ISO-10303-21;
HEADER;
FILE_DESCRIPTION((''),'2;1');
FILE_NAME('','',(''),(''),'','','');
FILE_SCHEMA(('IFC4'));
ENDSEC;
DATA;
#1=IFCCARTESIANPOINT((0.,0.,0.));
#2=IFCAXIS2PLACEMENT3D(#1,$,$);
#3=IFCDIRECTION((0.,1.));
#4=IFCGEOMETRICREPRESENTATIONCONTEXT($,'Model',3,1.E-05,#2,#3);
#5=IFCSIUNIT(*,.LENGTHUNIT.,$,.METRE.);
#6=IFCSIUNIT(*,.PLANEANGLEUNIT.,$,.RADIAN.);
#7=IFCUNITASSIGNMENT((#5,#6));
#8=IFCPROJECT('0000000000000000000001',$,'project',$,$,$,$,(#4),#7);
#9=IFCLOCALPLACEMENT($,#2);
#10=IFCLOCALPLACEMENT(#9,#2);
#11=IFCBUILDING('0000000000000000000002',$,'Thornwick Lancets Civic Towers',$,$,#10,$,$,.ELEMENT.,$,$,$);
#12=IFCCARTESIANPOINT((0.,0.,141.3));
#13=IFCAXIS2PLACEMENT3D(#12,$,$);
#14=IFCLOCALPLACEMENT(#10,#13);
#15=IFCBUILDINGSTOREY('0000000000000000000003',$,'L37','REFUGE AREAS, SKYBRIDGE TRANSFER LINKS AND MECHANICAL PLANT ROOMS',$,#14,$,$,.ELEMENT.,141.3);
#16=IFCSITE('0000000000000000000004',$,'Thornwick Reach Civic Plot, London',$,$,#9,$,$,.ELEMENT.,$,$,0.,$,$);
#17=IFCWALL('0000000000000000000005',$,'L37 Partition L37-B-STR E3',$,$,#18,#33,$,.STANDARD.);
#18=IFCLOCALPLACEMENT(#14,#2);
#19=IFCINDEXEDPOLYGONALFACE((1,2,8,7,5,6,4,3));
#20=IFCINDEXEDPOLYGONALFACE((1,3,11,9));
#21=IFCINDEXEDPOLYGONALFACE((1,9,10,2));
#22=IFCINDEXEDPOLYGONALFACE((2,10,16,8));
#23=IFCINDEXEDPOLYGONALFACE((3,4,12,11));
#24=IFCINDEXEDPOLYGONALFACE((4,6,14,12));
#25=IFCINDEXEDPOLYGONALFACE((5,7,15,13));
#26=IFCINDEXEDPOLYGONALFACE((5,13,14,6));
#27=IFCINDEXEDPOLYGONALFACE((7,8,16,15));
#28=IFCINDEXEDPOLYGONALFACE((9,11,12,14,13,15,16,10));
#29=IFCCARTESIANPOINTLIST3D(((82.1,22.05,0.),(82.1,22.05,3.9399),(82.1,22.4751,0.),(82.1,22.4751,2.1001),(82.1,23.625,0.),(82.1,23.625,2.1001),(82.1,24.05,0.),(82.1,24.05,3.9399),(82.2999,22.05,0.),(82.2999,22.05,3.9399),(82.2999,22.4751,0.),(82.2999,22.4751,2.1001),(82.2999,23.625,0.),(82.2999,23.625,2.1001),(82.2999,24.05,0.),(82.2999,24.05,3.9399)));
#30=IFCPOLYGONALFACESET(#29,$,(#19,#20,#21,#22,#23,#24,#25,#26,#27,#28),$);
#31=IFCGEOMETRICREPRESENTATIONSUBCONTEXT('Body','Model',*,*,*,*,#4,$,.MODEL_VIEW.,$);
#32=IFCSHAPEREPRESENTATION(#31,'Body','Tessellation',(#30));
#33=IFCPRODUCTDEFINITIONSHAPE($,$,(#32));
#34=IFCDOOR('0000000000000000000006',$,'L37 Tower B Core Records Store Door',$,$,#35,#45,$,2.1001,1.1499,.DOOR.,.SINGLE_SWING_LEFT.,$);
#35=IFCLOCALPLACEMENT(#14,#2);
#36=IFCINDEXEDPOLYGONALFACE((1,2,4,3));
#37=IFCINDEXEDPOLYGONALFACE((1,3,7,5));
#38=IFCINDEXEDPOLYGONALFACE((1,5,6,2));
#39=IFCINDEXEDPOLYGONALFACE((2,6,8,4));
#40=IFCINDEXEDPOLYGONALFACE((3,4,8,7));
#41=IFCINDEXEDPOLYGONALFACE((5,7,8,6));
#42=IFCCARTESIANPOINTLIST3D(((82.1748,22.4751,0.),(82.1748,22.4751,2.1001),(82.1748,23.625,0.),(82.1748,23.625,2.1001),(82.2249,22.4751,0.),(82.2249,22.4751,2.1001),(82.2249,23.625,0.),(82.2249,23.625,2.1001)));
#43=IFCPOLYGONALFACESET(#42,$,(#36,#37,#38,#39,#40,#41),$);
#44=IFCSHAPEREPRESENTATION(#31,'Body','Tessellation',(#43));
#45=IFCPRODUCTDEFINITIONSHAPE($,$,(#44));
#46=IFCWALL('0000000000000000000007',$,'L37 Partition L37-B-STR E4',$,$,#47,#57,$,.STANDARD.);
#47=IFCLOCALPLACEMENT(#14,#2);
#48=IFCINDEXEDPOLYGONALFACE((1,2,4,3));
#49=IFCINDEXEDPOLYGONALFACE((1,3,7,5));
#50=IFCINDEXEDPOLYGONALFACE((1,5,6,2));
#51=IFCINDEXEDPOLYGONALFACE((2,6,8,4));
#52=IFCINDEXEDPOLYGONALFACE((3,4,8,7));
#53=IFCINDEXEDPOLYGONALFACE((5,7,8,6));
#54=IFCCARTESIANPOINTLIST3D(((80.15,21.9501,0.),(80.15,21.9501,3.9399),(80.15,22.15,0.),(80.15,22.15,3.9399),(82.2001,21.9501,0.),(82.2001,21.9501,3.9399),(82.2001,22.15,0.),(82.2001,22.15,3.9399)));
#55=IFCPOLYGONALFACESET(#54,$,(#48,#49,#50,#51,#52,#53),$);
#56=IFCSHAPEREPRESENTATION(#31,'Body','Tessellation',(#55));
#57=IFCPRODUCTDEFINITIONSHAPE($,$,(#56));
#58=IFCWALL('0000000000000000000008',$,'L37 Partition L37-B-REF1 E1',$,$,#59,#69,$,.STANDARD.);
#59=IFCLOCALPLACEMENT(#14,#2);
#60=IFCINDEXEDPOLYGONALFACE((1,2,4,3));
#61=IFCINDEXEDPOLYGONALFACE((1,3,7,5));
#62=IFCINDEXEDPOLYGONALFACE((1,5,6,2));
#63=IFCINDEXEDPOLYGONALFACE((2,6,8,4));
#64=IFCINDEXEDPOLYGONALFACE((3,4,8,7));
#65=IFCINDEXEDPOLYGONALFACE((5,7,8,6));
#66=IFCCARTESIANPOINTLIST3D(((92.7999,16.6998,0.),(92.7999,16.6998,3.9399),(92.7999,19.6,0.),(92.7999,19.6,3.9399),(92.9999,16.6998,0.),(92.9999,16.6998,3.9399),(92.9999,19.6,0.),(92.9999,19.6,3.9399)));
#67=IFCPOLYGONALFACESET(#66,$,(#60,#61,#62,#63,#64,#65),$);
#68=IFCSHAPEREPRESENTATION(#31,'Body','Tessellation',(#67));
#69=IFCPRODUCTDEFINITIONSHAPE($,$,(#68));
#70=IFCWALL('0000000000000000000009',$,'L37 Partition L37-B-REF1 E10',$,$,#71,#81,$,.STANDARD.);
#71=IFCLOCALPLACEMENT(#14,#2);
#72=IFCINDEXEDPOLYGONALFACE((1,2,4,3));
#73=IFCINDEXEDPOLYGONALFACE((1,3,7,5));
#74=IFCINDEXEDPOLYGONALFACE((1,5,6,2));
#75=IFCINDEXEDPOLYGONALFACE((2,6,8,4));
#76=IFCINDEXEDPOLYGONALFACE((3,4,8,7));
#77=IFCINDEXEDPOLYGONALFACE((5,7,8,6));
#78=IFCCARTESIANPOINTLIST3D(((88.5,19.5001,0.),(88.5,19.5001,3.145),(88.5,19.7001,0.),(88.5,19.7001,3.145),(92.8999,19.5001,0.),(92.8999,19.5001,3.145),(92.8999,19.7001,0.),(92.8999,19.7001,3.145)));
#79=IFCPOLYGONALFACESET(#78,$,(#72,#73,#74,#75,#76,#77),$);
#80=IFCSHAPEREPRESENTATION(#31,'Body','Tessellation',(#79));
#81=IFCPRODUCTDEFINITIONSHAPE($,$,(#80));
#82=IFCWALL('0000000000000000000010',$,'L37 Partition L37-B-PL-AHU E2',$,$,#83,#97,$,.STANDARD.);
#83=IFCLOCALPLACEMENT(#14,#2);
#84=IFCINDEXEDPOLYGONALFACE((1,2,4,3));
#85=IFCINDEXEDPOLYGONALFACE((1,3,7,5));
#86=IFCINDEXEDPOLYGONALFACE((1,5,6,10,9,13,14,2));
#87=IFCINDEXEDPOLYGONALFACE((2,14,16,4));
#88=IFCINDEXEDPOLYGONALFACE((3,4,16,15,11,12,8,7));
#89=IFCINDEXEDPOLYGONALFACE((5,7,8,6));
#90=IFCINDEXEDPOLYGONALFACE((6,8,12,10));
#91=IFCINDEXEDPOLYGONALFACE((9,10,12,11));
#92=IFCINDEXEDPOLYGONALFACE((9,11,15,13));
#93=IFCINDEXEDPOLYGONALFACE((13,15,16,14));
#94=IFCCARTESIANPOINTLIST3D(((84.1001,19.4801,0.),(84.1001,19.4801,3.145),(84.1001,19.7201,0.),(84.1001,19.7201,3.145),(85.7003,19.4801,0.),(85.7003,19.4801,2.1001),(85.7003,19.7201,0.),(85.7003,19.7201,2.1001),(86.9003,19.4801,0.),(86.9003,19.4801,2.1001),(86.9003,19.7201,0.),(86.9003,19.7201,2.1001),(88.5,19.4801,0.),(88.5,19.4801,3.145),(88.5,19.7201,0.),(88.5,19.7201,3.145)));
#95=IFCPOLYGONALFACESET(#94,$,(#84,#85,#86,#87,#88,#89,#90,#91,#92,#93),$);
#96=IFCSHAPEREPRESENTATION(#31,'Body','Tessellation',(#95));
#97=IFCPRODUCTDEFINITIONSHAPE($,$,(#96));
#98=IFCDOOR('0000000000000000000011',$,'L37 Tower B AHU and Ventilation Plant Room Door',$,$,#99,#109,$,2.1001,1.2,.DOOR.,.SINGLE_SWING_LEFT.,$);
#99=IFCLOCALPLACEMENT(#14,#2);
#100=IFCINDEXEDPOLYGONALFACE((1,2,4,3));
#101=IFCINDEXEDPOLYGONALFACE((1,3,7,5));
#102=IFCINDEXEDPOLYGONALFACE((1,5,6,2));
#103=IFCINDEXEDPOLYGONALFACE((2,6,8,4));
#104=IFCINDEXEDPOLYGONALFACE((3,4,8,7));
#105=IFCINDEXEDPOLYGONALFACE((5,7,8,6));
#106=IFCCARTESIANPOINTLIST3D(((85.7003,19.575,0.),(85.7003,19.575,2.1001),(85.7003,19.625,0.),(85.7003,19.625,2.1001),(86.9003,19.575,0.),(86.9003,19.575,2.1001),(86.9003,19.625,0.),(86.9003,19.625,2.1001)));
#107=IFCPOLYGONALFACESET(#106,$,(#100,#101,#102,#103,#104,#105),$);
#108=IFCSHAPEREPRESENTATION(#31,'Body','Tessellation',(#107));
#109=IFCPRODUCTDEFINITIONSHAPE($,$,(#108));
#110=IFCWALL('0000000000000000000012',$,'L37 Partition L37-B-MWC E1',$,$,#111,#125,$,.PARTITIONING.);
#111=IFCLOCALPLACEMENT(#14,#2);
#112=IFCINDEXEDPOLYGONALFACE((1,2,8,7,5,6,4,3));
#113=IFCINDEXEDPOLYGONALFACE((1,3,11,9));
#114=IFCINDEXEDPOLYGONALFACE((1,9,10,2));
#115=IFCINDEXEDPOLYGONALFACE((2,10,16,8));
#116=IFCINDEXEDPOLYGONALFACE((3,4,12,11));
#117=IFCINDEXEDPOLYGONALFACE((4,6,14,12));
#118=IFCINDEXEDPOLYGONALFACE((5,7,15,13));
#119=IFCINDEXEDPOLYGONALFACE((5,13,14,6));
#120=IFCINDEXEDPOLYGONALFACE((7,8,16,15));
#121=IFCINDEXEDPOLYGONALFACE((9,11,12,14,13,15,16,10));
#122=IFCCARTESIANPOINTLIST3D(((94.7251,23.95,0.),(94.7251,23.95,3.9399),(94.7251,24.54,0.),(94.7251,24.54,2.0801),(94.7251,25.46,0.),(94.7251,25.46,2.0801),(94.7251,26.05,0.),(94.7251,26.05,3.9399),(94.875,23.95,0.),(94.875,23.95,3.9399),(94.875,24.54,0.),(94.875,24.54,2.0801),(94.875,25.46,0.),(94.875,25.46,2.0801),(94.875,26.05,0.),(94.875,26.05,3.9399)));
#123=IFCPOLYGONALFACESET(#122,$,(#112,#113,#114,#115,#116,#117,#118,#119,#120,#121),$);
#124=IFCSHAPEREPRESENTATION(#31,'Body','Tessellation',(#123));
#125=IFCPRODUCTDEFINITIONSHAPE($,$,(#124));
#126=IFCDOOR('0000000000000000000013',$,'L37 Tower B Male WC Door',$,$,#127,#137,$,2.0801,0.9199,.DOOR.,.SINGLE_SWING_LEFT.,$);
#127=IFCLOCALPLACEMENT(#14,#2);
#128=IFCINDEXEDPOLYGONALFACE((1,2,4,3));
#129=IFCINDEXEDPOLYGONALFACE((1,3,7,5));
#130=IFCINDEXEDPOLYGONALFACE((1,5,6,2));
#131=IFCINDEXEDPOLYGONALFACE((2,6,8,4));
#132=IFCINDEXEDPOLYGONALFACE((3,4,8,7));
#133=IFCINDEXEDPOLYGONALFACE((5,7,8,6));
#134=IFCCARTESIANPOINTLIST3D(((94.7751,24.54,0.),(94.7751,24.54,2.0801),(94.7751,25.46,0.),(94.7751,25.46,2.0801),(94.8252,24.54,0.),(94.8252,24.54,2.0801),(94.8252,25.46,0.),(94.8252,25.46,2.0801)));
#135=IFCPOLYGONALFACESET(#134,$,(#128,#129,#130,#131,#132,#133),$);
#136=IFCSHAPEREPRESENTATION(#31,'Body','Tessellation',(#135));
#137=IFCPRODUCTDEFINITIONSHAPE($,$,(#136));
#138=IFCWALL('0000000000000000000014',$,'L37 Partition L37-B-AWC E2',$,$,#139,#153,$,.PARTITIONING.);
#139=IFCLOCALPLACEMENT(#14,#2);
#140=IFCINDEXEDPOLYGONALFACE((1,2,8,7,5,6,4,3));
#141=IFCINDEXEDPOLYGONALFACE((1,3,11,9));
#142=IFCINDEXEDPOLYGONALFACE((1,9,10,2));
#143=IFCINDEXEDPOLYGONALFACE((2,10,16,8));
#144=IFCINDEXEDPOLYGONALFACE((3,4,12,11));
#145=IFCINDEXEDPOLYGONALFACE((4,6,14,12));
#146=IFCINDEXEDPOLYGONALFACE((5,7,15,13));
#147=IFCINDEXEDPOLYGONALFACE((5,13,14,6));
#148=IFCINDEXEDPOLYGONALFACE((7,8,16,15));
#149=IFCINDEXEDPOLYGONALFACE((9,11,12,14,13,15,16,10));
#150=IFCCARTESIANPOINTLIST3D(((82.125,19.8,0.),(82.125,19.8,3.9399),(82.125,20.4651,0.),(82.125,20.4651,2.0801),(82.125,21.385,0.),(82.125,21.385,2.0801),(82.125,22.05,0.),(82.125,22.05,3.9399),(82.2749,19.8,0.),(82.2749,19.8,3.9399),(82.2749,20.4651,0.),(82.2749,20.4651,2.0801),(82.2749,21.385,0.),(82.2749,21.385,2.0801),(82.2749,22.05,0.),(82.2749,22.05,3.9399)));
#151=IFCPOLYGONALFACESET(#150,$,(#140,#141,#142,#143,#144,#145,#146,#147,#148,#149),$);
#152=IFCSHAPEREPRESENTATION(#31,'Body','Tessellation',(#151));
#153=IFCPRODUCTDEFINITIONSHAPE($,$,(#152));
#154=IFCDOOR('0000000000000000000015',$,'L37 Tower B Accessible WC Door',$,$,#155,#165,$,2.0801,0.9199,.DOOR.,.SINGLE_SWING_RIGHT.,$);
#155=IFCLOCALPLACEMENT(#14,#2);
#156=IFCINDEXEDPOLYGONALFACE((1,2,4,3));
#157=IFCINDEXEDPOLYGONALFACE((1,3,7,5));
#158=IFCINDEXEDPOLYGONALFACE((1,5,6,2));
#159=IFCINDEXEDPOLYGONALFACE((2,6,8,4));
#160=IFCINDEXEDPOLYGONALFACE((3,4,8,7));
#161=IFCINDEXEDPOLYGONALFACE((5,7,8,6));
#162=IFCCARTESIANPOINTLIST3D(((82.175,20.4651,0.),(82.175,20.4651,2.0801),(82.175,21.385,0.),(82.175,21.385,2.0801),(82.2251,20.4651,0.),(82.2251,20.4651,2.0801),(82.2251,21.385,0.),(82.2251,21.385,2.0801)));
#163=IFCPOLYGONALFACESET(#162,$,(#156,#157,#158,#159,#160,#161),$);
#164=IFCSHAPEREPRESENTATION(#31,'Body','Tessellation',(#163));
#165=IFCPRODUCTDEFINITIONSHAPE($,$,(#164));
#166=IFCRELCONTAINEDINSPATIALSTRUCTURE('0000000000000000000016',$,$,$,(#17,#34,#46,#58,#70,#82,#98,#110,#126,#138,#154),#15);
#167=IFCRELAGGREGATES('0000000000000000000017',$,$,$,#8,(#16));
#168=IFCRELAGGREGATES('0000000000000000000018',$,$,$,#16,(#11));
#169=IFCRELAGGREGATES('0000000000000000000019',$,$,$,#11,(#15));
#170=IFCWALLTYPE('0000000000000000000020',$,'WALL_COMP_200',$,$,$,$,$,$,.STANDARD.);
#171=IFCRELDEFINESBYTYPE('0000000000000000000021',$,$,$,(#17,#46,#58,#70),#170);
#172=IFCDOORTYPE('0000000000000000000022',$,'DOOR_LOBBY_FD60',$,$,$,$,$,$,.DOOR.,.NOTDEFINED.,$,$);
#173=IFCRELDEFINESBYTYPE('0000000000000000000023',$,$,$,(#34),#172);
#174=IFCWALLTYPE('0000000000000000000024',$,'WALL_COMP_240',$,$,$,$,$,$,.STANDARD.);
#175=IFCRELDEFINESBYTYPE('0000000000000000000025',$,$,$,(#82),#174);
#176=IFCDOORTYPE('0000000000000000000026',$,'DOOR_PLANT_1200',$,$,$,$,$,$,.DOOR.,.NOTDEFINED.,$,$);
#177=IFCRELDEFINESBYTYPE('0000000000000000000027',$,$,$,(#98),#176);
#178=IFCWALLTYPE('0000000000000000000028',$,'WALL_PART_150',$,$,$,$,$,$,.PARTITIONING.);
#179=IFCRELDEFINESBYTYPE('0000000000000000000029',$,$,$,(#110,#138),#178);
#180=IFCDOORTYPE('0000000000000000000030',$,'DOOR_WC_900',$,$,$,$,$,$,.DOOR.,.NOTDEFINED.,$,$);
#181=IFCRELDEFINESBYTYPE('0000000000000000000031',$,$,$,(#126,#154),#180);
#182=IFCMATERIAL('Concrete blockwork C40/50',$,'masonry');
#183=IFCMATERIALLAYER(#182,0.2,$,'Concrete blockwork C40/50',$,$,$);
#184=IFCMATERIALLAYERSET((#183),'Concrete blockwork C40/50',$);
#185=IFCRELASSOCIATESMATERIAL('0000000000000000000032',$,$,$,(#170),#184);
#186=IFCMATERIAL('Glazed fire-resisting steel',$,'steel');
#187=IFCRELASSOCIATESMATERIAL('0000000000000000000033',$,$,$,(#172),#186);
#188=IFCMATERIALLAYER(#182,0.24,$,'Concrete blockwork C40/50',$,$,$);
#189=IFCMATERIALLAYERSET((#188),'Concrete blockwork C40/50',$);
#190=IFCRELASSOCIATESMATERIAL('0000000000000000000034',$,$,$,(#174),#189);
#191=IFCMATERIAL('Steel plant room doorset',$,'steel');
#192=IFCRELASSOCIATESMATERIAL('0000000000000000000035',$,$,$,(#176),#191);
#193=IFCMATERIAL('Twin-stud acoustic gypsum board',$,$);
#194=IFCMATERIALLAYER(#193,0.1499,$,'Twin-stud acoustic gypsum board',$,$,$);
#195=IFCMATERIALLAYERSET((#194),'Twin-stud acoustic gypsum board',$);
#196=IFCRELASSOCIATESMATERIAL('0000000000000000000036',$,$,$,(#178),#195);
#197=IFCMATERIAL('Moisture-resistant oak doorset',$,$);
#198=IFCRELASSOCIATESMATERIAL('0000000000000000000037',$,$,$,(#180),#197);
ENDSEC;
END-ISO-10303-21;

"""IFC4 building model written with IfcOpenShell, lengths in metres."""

from ifc_helpers import new_model, si_unit, direction, frame, frame_2d, origin, place, context, subcontext, project, spatial, rectangle, extrude, material, layer, layer_set, type_object, element, fill, save


model = new_model("IFC4")

# Units and contexts
model_context = context("Model", 3, precision=1e-05, world=origin(), true_north=direction((0.0, 1.0)))
body_context = subcontext(model_context, "Body", "Model", "MODEL_VIEW")
ifc_project = project(units=[si_unit("LENGTHUNIT", "METRE"), si_unit("PLANEANGLEUNIT", "RADIAN")], contexts=[model_context])

# Site, building, storey
site_placement = place(None, origin())
site = spatial("IfcSite", under=ifc_project, at=site_placement, Name="Thornwick Reach Civic Plot, London", CompositionType="ELEMENT", RefElevation=0.0)
building_placement = place(site_placement, origin())
building = spatial("IfcBuilding", under=site, at=building_placement, Name="Thornwick Lancets Civic Towers", CompositionType="ELEMENT")
storey_placement = place(building_placement, frame((0.0, 0.0, 141.3)))
storey = spatial("IfcBuildingStorey", under=building, at=storey_placement, Name="L37", Description="REFUGE AREAS, SKYBRIDGE TRANSFER LINKS AND MECHANICAL PLANT ROOMS", CompositionType="ELEMENT", Elevation=141.3)

# Shared definitions
ifc_material_1 = material(Name="Concrete blockwork C40/50", Category="masonry")
ifc_layer_1 = layer(ifc_material_1, 0.2, Name="Concrete blockwork C40/50")
ifc_layer_set_1 = layer_set([ifc_layer_1], Name="Concrete blockwork C40/50")
wall_type_1 = type_object("IfcWallType", Name="WALL_COMP_200", PredefinedType="STANDARD", material=ifc_layer_set_1)
ifc_material_2 = material(Name="Glazed fire-resisting steel", Category="steel")
door_type_1 = type_object("IfcDoorType", Name="DOOR_LOBBY_FD60", OperationType="NOTDEFINED", PredefinedType="DOOR", material=ifc_material_2)

# Wall, opening, door
wall_1_placement = place(storey_placement, frame((82.2, 24.05, 0.0), z_axis=(0.0, 0.0, 1.0), x_axis=(0.0, -1.0, 0.0)))
wall_1 = element("IfcWall", 1, at=wall_1_placement, inside=storey, type_object=wall_type_1, Name="L37 Partition L37-B-STR E3", PredefinedType="STANDARD", context=body_context, shape_type="SweptSolid", body=[
    extrude(rectangle(XDim=2.0, YDim=0.2, at=frame_2d((1.0, 0.0))), origin(), (0.0, 0.0, 1.0), 3.9399),
])
opening_1_placement = place(wall_1_placement, frame((0.425, 0.0, 0.0)))
opening_1 = element("IfcOpeningElement", 2, at=opening_1_placement, cuts=wall_1, PredefinedType="OPENING", context=body_context, shape_type="SweptSolid", body=[
    extrude(rectangle(XDim=1.1499, YDim=2.1001, at=frame_2d((0.575, 1.05))), frame((0.0, 0.1099, 0.0), z_axis=(0.0, -1.0, 0.0), x_axis=(1.0, 0.0, 0.0)), (0.0, 0.0, 1.0), 0.22),
])
door_1_placement = place(opening_1_placement, origin())
door_1 = element("IfcDoor", 3, at=door_1_placement, inside=storey, type_object=door_type_1, Name="L37 Tower B Core Records Store Door", OperationType="SINGLE_SWING_LEFT", OverallHeight=2.1001, OverallWidth=1.1499, PredefinedType="DOOR", context=body_context, shape_type="SweptSolid", body=[
    extrude(rectangle(XDim=1.1499, YDim=2.1001, at=frame_2d((0.575, 1.05))), frame((0.0, 0.0249, 0.0), z_axis=(0.0, -1.0, 0.0), x_axis=(1.0, 0.0, 0.0)), (0.0, 0.0, 1.0), 0.05),
])
fill(opening_1, door_1)

# Walls
wall_2_placement = place(storey_placement, frame((82.2, 22.05, 0.0), z_axis=(0.0, 0.0, 1.0), x_axis=(-1.0, 0.0, 0.0)))
element("IfcWall", 4, at=wall_2_placement, inside=storey, type_object=wall_type_1, Name="L37 Partition L37-B-STR E4", PredefinedType="STANDARD", context=body_context, shape_type="SweptSolid", body=[
    extrude(rectangle(XDim=2.05, YDim=0.2, at=frame_2d((1.0249, 0.0))), origin(), (0.0, 0.0, 1.0), 3.9399),
])
wall_3_placement = place(storey_placement, frame((92.8999, 19.6001, 0.0), z_axis=(0.0, 0.0, 1.0), x_axis=(0.0, -1.0, 0.0)))
element("IfcWall", 5, at=wall_3_placement, inside=storey, type_object=wall_type_1, Name="L37 Partition L37-B-REF1 E1", PredefinedType="STANDARD", context=body_context, shape_type="SweptSolid", body=[
    extrude(rectangle(XDim=2.9001, YDim=0.2, at=frame_2d((1.4502, 0.0))), origin(), (0.0, 0.0, 1.0), 3.9399),
])
wall_4_placement = place(storey_placement, frame((88.5, 19.6001, 0.0), z_axis=(0.0, 0.0, 1.0), x_axis=(1.0, 0.0, 0.0)))
element("IfcWall", 6, at=wall_4_placement, inside=storey, type_object=wall_type_1, Name="L37 Partition L37-B-REF1 E10", PredefinedType="STANDARD", context=body_context, shape_type="SweptSolid", body=[
    extrude(rectangle(XDim=4.3999, YDim=0.2, at=frame_2d((2.2, 0.0))), origin(), (0.0, 0.0, 1.0), 3.145),
])

# Walls, openings, doors
ifc_layer_2 = layer(ifc_material_1, 0.24, Name="Concrete blockwork C40/50")
ifc_layer_set_2 = layer_set([ifc_layer_2], Name="Concrete blockwork C40/50")
wall_type_2 = type_object("IfcWallType", Name="WALL_COMP_240", PredefinedType="STANDARD", material=ifc_layer_set_2)
wall_5_placement = place(storey_placement, frame((84.1001, 19.6001, 0.0), z_axis=(0.0, 0.0, 1.0), x_axis=(1.0, 0.0, 0.0)))
wall_5 = element("IfcWall", 7, at=wall_5_placement, inside=storey, type_object=wall_type_2, Name="L37 Partition L37-B-PL-AHU E2", PredefinedType="STANDARD", context=body_context, shape_type="SweptSolid", body=[
    extrude(rectangle(XDim=4.3999, YDim=0.24, at=frame_2d((2.2, 0.0))), origin(), (0.0, 0.0, 1.0), 3.145),
])
opening_2_placement = place(wall_5_placement, frame((1.6001, 0.0, 0.0)))
opening_2 = element("IfcOpeningElement", 8, at=opening_2_placement, cuts=wall_5, PredefinedType="OPENING", context=body_context, shape_type="SweptSolid", body=[
    extrude(rectangle(XDim=1.2, YDim=2.1001, at=frame_2d((0.6001, 1.05))), frame((0.0, 0.1299, 0.0), z_axis=(0.0, -1.0, 0.0), x_axis=(1.0, 0.0, 0.0)), (0.0, 0.0, 1.0), 0.26),
])
ifc_material_3 = material(Name="Steel plant room doorset", Category="steel")
door_type_2 = type_object("IfcDoorType", Name="DOOR_PLANT_1200", OperationType="NOTDEFINED", PredefinedType="DOOR", material=ifc_material_3)
door_2_placement = place(opening_2_placement, origin())
door_2 = element("IfcDoor", 9, at=door_2_placement, inside=storey, type_object=door_type_2, Name="L37 Tower B AHU and Ventilation Plant Room Door", OperationType="SINGLE_SWING_LEFT", OverallHeight=2.1001, OverallWidth=1.2, PredefinedType="DOOR", context=body_context, shape_type="SweptSolid", body=[
    extrude(rectangle(XDim=1.2, YDim=2.1001, at=frame_2d((0.6001, 1.05))), frame((0.0, 0.0249, 0.0), z_axis=(0.0, -1.0, 0.0), x_axis=(1.0, 0.0, 0.0)), (0.0, 0.0, 1.0), 0.05),
])
fill(opening_2, door_2)
ifc_material_4 = material(Name="Twin-stud acoustic gypsum board")
ifc_layer_3 = layer(ifc_material_4, 0.1499, Name="Twin-stud acoustic gypsum board")
ifc_layer_set_3 = layer_set([ifc_layer_3], Name="Twin-stud acoustic gypsum board")
wall_type_3 = type_object("IfcWallType", Name="WALL_PART_150", PredefinedType="PARTITIONING", material=ifc_layer_set_3)
wall_6_placement = place(storey_placement, frame((94.8, 23.95, 0.0), z_axis=(0.0, 0.0, 1.0), x_axis=(0.0, 1.0, 0.0)))
wall_6 = element("IfcWall", 10, at=wall_6_placement, inside=storey, type_object=wall_type_3, Name="L37 Partition L37-B-MWC E1", PredefinedType="PARTITIONING", context=body_context, shape_type="SweptSolid", body=[
    extrude(rectangle(XDim=2.1001, YDim=0.1499, at=frame_2d((1.05, 0.0))), origin(), (0.0, 0.0, 1.0), 3.9399),
])
opening_3_placement = place(wall_6_placement, frame((0.5901, 0.0, 0.0)))
opening_3 = element("IfcOpeningElement", 11, at=opening_3_placement, cuts=wall_6, PredefinedType="OPENING", context=body_context, shape_type="SweptSolid", body=[
    extrude(rectangle(XDim=0.9199, YDim=2.0801, at=frame_2d((0.46, 1.04))), frame((0.0, 0.085, 0.0), z_axis=(0.0, -1.0, 0.0), x_axis=(1.0, 0.0, 0.0)), (0.0, 0.0, 1.0), 0.1699),
])
ifc_material_5 = material(Name="Moisture-resistant oak doorset")
door_type_3 = type_object("IfcDoorType", Name="DOOR_WC_900", OperationType="NOTDEFINED", PredefinedType="DOOR", material=ifc_material_5)
door_3_placement = place(opening_3_placement, origin())
door_3 = element("IfcDoor", 12, at=door_3_placement, inside=storey, type_object=door_type_3, Name="L37 Tower B Male WC Door", OperationType="SINGLE_SWING_LEFT", OverallHeight=2.0801, OverallWidth=0.9199, PredefinedType="DOOR", context=body_context, shape_type="SweptSolid", body=[
    extrude(rectangle(XDim=0.9199, YDim=2.0801, at=frame_2d((0.46, 1.04))), frame((0.0, 0.0249, 0.0), z_axis=(0.0, -1.0, 0.0), x_axis=(1.0, 0.0, 0.0)), (0.0, 0.0, 1.0), 0.05),
])
fill(opening_3, door_3)
wall_7_placement = place(storey_placement, frame((82.2, 19.8, 0.0), z_axis=(0.0, 0.0, 1.0), x_axis=(0.0, 1.0, 0.0)))
wall_7 = element("IfcWall", 13, at=wall_7_placement, inside=storey, type_object=wall_type_3, Name="L37 Partition L37-B-AWC E2", PredefinedType="PARTITIONING", context=body_context, shape_type="SweptSolid", body=[
    extrude(rectangle(XDim=2.25, YDim=0.1499, at=frame_2d((1.125, 0.0))), origin(), (0.0, 0.0, 1.0), 3.9399),
])
opening_4_placement = place(wall_7_placement, frame((0.665, 0.0, 0.0)))
opening_4 = element("IfcOpeningElement", 14, at=opening_4_placement, cuts=wall_7, PredefinedType="OPENING", context=body_context, shape_type="SweptSolid", body=[
    extrude(rectangle(XDim=0.9199, YDim=2.0801, at=frame_2d((0.46, 1.04))), frame((0.0, 0.085, 0.0), z_axis=(0.0, -1.0, 0.0), x_axis=(1.0, 0.0, 0.0)), (0.0, 0.0, 1.0), 0.1699),
])
door_4_placement = place(opening_4_placement, origin())
door_4 = element("IfcDoor", 15, at=door_4_placement, inside=storey, type_object=door_type_3, Name="L37 Tower B Accessible WC Door", OperationType="SINGLE_SWING_RIGHT", OverallHeight=2.0801, OverallWidth=0.9199, PredefinedType="DOOR", context=body_context, shape_type="SweptSolid", body=[
    extrude(rectangle(XDim=0.9199, YDim=2.0801, at=frame_2d((0.46, 1.04))), frame((0.0, 0.0249, 0.0), z_axis=(0.0, -1.0, 0.0), x_axis=(1.0, 0.0, 0.0)), (0.0, 0.0, 1.0), 0.05),
])
fill(opening_4, door_4)

save(model, "model.ifc")
